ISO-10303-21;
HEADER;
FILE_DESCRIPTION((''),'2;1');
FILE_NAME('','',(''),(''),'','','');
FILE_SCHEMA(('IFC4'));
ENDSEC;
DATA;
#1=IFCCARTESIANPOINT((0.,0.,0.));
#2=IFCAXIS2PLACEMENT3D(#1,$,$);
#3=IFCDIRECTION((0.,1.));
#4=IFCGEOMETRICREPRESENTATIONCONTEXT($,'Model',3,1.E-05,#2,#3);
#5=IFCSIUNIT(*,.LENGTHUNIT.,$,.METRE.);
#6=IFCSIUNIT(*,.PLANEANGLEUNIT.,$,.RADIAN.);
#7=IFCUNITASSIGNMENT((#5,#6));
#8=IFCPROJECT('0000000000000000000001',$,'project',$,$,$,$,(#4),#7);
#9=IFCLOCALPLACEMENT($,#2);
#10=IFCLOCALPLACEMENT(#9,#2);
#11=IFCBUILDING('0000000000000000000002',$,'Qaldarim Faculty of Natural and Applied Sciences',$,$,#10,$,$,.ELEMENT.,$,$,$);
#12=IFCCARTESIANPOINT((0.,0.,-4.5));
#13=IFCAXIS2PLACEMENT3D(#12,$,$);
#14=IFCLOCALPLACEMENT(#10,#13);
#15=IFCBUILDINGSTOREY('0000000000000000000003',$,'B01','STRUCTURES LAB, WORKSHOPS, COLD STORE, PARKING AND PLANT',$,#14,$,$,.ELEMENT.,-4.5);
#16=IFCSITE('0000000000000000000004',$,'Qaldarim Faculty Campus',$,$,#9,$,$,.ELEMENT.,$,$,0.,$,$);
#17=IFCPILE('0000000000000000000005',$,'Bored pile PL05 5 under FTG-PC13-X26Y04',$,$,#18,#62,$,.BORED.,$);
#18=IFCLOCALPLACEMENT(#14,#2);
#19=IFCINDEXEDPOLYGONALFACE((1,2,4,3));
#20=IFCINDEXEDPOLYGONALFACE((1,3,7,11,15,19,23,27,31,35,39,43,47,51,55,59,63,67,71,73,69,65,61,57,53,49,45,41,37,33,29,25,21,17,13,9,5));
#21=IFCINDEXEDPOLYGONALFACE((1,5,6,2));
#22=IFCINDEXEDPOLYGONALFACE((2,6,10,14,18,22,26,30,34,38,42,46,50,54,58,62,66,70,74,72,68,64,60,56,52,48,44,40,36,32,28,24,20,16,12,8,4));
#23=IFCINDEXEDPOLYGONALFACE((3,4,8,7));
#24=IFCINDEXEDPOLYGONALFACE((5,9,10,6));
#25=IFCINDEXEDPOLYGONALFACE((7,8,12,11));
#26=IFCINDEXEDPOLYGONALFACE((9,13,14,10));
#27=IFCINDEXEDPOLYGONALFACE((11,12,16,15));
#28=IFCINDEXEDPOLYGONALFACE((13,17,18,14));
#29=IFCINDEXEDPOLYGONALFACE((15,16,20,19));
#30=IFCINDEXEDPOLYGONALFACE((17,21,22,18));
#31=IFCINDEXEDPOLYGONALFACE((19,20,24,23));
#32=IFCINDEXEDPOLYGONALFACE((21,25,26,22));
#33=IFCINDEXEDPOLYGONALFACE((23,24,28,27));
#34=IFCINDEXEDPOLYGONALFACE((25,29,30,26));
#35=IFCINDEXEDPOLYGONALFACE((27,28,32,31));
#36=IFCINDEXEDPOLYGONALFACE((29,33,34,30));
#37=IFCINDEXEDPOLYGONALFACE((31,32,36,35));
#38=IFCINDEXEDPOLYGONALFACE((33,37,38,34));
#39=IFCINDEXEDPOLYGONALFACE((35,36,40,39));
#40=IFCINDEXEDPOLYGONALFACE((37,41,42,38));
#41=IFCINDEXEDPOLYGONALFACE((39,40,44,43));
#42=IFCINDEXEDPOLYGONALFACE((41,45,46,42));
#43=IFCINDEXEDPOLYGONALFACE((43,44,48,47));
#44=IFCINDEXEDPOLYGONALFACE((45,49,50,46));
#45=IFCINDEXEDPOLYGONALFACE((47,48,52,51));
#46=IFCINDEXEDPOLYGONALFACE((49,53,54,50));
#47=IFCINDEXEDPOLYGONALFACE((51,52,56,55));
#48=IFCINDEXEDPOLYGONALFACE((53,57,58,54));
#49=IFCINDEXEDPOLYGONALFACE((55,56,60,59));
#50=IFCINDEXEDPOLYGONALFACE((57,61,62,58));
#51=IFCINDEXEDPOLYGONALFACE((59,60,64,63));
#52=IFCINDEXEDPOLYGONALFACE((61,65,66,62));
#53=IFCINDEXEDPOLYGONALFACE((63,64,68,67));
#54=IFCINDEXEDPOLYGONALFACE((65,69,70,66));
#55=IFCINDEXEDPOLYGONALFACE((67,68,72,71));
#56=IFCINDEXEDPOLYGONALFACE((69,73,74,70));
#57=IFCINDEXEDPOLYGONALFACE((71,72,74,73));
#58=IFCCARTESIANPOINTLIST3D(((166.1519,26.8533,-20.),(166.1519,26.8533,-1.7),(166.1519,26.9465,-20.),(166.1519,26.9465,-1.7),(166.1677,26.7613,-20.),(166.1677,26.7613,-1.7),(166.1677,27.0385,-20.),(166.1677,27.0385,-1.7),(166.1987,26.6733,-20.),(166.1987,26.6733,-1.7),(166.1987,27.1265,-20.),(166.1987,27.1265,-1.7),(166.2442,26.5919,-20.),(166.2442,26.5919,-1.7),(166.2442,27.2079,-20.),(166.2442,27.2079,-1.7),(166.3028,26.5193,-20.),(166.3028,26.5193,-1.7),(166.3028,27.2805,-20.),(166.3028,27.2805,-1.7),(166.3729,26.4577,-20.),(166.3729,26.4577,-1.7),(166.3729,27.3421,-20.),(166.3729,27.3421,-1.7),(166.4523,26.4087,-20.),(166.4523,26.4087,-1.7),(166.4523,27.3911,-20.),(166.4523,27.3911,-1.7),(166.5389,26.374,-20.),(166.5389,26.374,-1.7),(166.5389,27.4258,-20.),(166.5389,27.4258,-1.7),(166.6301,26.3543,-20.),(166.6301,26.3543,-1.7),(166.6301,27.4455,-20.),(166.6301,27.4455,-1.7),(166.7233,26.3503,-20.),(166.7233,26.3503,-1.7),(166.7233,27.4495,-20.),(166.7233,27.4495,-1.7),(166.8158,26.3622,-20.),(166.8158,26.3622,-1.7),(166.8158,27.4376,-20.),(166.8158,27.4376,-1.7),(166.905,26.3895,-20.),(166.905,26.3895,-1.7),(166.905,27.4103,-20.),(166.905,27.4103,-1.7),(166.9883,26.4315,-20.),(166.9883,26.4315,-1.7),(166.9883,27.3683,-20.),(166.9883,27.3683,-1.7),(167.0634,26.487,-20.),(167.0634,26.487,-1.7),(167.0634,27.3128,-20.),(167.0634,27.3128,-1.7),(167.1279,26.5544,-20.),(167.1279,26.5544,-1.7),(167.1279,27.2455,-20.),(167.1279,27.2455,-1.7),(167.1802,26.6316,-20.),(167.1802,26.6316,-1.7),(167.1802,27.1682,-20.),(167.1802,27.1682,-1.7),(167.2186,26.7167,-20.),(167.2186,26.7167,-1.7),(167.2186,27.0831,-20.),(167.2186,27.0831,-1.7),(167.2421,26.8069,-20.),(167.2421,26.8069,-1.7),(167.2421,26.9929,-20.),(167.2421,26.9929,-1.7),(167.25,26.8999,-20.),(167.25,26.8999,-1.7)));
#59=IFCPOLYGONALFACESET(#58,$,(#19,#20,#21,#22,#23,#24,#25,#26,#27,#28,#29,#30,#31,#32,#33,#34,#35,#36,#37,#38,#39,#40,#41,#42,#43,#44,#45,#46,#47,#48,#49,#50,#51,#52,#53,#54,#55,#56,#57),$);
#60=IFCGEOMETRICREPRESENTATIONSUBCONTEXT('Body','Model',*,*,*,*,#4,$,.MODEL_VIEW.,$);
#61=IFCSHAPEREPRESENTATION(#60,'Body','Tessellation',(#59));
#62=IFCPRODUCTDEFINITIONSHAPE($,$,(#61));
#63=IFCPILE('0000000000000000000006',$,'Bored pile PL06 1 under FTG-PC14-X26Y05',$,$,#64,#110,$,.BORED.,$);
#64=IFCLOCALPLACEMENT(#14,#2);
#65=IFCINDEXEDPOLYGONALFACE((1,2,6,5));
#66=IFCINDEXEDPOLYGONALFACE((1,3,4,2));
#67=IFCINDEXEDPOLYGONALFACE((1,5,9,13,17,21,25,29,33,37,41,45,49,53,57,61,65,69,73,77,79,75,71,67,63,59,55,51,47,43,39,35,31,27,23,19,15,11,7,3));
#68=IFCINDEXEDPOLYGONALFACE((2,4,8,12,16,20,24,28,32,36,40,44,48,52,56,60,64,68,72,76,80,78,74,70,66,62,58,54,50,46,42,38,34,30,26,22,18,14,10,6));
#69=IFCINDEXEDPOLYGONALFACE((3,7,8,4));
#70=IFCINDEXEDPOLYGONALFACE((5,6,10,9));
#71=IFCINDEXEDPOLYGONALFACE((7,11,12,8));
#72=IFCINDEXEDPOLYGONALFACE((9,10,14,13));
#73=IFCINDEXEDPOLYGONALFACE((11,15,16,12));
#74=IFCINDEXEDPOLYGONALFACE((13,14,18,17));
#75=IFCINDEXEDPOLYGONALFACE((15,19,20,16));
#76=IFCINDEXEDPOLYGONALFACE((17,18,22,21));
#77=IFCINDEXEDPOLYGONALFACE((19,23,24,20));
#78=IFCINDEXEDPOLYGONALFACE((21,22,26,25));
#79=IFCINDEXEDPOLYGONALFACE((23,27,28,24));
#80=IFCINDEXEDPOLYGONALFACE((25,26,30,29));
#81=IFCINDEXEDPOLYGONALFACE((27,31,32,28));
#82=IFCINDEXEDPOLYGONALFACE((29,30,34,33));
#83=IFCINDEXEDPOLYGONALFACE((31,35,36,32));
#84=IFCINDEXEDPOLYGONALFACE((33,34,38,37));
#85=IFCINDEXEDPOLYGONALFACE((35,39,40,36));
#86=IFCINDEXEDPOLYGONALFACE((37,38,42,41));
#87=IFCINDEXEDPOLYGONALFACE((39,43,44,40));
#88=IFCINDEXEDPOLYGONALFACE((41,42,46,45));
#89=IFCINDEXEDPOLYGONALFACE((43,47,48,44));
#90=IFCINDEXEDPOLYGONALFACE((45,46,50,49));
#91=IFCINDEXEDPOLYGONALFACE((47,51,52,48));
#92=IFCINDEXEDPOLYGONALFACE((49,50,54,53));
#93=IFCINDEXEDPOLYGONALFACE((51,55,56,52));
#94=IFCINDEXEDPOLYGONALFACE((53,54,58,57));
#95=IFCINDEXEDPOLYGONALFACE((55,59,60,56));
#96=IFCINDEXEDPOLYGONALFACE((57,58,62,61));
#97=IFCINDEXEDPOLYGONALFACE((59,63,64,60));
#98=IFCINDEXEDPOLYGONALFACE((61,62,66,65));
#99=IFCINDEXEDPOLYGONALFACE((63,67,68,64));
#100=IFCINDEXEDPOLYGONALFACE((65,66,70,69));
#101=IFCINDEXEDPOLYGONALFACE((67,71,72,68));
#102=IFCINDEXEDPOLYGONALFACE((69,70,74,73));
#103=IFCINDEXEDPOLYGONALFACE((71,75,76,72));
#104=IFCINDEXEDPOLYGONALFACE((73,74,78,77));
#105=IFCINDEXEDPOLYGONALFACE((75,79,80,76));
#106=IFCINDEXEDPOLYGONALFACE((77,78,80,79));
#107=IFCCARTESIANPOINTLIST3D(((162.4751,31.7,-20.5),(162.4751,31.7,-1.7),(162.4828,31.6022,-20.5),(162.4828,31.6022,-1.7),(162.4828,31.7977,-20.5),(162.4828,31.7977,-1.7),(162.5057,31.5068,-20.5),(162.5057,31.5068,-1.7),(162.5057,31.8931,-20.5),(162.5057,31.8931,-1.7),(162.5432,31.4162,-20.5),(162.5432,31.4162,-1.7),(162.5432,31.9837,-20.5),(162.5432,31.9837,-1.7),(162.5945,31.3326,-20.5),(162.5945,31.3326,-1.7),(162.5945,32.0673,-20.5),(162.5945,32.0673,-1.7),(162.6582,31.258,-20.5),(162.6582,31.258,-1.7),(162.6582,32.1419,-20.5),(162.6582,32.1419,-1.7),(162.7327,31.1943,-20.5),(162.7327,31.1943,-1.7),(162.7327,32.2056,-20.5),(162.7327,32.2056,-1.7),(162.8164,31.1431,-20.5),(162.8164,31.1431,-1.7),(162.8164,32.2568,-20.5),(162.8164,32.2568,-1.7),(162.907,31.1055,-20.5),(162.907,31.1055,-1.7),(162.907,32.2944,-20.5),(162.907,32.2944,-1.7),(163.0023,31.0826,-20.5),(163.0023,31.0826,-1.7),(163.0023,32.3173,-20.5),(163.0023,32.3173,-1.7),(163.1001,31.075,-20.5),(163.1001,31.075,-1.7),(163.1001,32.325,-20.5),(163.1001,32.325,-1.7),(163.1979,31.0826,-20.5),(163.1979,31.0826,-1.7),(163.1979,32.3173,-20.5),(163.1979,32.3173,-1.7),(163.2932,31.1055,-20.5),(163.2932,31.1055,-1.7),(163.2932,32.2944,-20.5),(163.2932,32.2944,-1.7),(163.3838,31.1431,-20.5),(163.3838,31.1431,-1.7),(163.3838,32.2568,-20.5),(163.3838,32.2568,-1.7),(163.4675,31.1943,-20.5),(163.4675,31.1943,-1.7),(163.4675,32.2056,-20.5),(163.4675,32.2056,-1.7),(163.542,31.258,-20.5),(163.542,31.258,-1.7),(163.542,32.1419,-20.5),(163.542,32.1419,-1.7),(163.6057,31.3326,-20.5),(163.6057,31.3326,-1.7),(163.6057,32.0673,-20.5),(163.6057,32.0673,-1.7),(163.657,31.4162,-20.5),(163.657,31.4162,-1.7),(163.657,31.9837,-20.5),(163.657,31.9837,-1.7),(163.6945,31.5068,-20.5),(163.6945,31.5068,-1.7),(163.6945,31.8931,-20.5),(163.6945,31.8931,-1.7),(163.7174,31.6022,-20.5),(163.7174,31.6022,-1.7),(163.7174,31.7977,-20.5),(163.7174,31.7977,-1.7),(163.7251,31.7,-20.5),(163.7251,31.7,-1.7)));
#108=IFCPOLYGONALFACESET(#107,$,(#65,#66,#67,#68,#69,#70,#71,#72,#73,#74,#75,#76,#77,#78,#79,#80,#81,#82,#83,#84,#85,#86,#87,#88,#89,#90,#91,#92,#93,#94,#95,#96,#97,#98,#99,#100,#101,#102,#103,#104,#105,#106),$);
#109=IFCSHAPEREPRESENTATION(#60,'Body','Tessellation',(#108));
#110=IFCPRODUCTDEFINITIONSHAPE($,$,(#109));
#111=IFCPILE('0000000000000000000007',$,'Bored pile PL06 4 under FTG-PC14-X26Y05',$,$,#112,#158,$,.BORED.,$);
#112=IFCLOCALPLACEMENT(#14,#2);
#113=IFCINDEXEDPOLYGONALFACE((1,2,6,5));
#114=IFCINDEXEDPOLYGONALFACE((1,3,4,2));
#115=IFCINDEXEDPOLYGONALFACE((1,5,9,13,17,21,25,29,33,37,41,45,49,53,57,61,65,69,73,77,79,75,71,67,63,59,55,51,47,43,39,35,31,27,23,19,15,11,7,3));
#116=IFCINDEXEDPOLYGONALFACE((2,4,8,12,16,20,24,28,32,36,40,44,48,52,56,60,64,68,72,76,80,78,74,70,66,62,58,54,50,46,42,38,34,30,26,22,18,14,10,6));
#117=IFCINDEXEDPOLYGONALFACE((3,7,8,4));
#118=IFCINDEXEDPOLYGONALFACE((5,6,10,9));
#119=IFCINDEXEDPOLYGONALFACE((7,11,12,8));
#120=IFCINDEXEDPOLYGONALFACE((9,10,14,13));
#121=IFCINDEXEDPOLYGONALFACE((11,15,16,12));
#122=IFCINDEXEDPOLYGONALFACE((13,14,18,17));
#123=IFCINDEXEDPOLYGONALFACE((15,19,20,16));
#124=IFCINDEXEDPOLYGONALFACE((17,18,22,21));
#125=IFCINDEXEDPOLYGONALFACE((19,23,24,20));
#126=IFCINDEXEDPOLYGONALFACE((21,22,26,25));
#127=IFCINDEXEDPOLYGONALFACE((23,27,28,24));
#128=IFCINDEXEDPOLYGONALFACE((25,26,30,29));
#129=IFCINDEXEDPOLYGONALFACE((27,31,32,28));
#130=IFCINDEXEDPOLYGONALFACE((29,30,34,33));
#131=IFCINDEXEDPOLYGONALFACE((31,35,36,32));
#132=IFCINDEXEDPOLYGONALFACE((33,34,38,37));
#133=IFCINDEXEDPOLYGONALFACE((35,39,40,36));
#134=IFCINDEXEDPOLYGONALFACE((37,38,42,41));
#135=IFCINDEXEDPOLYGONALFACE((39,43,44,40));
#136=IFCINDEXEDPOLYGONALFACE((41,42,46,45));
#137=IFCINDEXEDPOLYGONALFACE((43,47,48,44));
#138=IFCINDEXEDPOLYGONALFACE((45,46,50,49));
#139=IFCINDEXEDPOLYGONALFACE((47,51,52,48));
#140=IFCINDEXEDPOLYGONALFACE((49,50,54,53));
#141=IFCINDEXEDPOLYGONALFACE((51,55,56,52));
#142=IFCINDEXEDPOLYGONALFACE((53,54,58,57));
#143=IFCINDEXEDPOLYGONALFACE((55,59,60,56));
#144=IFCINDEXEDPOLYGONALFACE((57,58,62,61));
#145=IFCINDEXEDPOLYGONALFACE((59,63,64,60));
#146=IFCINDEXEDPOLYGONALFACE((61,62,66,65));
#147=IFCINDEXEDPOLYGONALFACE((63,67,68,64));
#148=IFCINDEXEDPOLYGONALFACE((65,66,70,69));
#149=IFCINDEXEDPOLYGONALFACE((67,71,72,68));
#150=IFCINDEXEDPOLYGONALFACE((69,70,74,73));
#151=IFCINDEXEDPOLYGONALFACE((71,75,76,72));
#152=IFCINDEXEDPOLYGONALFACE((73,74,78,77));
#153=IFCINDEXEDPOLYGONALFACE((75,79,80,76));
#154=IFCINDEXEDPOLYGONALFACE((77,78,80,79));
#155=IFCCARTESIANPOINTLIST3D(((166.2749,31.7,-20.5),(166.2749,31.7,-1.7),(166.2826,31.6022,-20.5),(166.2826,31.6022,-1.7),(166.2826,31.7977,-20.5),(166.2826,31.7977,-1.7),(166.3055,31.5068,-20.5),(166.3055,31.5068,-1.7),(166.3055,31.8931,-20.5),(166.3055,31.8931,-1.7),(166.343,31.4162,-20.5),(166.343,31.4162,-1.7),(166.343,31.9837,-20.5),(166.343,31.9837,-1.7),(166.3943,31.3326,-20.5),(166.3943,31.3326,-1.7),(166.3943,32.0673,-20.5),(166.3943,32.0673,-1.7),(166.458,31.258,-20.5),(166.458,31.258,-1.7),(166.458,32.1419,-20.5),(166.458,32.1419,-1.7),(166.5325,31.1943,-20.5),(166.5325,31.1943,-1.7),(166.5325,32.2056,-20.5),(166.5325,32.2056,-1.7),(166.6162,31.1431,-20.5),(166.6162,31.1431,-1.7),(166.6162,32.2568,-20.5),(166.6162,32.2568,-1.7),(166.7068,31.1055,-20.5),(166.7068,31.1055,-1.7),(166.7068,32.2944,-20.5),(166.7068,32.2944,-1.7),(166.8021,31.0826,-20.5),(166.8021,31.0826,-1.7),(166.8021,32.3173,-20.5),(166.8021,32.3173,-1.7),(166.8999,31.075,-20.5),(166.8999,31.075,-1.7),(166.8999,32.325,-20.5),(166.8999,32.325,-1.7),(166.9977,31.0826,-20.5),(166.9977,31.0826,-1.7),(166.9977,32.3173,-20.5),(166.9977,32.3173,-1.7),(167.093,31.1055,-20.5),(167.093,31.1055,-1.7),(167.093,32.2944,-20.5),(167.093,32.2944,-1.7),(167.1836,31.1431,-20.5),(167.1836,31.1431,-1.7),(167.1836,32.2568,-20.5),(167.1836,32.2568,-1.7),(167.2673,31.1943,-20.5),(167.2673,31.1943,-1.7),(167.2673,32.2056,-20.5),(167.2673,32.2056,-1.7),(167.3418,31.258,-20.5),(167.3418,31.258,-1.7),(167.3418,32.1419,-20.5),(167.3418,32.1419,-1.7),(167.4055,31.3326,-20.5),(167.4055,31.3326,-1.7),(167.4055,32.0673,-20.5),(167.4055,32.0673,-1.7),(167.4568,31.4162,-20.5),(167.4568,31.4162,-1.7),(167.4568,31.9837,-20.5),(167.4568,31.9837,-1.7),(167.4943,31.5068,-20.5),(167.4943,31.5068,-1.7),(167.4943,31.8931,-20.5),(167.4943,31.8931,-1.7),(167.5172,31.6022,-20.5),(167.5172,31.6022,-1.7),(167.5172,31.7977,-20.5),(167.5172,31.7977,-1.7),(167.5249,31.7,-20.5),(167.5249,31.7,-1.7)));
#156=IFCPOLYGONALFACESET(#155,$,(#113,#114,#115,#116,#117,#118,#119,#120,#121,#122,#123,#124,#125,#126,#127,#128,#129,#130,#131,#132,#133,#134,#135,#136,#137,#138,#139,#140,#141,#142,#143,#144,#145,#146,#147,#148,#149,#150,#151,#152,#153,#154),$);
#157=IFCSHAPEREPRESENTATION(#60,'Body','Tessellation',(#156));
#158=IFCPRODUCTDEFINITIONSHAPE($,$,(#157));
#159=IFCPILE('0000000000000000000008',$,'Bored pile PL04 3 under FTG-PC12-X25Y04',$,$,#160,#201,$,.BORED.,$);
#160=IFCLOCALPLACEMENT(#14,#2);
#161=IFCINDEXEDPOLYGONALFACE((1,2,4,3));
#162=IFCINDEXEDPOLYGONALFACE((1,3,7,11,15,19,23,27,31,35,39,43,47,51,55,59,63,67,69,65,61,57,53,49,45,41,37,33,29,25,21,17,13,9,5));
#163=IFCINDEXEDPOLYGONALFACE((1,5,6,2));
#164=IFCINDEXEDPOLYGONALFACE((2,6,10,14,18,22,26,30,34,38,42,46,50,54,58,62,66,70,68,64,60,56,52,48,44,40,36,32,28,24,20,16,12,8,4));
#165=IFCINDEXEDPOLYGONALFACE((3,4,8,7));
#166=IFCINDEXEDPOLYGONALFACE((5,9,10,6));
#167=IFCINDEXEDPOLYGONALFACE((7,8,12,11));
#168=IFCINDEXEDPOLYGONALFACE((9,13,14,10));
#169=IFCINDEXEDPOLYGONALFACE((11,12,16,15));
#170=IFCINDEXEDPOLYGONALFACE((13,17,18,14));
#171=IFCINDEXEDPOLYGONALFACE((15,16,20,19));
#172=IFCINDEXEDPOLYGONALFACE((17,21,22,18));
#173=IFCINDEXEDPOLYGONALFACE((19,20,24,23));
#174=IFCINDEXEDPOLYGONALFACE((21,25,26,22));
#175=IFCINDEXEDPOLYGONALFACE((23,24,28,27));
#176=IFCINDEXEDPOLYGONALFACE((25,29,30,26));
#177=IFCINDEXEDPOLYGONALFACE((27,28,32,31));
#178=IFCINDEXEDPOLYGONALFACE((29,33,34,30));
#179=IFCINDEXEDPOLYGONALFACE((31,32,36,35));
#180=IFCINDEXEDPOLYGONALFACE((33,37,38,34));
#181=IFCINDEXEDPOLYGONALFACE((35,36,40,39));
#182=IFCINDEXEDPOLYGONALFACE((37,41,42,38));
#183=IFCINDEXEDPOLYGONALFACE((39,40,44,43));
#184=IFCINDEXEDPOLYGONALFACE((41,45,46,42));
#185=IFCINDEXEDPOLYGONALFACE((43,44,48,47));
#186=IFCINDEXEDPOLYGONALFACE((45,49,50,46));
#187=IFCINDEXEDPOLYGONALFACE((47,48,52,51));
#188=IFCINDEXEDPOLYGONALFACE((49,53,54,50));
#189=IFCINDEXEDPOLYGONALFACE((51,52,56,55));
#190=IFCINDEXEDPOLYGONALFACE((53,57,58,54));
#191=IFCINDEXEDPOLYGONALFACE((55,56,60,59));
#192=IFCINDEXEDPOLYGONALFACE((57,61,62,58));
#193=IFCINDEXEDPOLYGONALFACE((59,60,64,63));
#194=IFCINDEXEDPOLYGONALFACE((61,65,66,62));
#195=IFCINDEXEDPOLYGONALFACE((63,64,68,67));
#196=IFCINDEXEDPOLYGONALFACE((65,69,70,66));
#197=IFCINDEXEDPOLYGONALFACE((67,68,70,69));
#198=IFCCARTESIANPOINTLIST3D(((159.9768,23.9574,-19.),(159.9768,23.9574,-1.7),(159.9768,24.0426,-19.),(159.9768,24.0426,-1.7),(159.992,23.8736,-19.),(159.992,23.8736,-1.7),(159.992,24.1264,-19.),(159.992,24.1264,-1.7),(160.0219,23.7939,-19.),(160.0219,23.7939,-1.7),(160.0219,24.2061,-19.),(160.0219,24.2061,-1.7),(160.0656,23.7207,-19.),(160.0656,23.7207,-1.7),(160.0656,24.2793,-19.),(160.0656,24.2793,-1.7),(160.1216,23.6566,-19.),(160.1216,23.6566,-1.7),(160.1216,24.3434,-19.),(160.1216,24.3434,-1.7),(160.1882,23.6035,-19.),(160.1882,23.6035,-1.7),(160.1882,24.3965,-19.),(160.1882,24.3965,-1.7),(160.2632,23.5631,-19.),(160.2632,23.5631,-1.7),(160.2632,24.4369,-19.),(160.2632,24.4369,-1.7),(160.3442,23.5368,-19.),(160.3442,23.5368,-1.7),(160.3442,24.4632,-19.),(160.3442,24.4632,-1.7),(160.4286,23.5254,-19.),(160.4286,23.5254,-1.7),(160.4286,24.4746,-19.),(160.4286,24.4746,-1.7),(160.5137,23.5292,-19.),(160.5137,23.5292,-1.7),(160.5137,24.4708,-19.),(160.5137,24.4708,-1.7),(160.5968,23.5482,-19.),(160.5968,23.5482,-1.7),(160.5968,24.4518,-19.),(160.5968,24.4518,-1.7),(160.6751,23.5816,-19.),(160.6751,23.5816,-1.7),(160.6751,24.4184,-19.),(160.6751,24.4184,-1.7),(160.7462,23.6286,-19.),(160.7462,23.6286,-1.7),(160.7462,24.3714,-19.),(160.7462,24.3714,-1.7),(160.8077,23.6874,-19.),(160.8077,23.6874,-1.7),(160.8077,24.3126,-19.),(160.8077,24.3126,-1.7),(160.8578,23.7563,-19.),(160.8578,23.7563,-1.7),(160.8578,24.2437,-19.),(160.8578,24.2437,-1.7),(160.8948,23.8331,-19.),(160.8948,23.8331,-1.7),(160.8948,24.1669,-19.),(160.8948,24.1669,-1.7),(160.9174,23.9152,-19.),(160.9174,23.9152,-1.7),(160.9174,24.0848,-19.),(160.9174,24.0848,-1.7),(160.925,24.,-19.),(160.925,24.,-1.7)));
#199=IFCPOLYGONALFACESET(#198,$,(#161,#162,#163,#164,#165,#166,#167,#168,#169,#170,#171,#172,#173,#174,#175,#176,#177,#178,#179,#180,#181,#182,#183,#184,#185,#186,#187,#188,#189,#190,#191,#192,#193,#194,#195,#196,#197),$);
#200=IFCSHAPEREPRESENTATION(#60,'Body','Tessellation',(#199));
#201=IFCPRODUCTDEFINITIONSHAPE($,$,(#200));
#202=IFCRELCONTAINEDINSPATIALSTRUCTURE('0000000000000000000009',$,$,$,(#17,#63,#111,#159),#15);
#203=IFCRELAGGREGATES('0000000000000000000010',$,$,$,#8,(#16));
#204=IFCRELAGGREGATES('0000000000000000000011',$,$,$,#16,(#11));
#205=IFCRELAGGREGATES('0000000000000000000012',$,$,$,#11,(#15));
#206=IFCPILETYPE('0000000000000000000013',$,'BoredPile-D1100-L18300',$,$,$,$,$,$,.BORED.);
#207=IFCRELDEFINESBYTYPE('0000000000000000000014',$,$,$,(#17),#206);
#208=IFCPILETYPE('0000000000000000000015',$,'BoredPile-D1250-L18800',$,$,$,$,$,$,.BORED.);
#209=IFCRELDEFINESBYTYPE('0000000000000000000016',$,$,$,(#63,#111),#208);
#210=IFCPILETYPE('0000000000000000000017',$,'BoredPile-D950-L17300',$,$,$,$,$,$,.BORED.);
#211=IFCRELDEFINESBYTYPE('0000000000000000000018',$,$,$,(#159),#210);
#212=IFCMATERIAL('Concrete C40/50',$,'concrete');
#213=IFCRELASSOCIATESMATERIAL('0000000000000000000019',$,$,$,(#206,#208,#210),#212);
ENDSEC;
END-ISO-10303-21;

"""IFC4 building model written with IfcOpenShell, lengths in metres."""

from ifc_helpers import new_model, si_unit, direction, frame, origin, origin_2d, place, context, subcontext, project, spatial, circle, extrude, material, material_profile, profile_set, type_object, element, save


model = new_model("IFC4")

# Units and contexts
model_context = context("Model", 3, precision=1e-05, world=origin(), true_north=direction((0.0, 1.0)))
body_context = subcontext(model_context, "Body", "Model", "MODEL_VIEW")
ifc_project = project(units=[si_unit("LENGTHUNIT", "METRE"), si_unit("PLANEANGLEUNIT", "RADIAN")], contexts=[model_context])

# Site, building, storey
site_placement = place(None, origin())
site = spatial("IfcSite", under=ifc_project, at=site_placement, Name="Qaldarim Faculty Campus", CompositionType="ELEMENT", RefElevation=0.0)
building_placement = place(site_placement, origin())
building = spatial("IfcBuilding", under=site, at=building_placement, Name="Qaldarim Faculty of Natural and Applied Sciences", CompositionType="ELEMENT")
storey_placement = place(building_placement, frame((0.0, 0.0, -4.5)))
storey = spatial("IfcBuildingStorey", under=building, at=storey_placement, Name="B01", Description="STRUCTURES LAB, WORKSHOPS, COLD STORE, PARKING AND PLANT", CompositionType="ELEMENT", Elevation=-4.5)

# Piles
ifc_material_1 = material(Name="Concrete C40/50", Category="concrete")
ifc_material_profile_1 = material_profile(ifc_material_1, circle(Radius=0.55, at=origin_2d()), Name="PILE-D1100")
ifc_profile_set_1 = profile_set([ifc_material_profile_1], Name="Concrete C40/50")
pile_type_1 = type_object("IfcPileType", Name="BoredPile-D1100-L18300", PredefinedType="BORED", material=ifc_profile_set_1)
for number, where, z_axis, x_axis, name in (
    (1, (166.7, 26.8999, -1.7), (0.0, 0.0, -1.0), (1.0, 0.0, 0.0), "Bored pile PL05 5 under FTG-PC13-X26Y04"),
):
    element("IfcPile", number, at=place(storey_placement, frame(where, z_axis=z_axis, x_axis=x_axis)), inside=storey, type_object=pile_type_1, Name=name, PredefinedType="BORED", context=body_context, shape_type="SweptSolid", body=[
        extrude(circle(Radius=0.55, at=origin_2d()), origin(), (0.0, 0.0, 1.0), 18.3),
    ])
ifc_material_profile_2 = material_profile(ifc_material_1, circle(Radius=0.625, at=origin_2d()), Name="PILE-D1250")
ifc_profile_set_2 = profile_set([ifc_material_profile_2], Name="Concrete C40/50")
pile_type_2 = type_object("IfcPileType", Name="BoredPile-D1250-L18800", PredefinedType="BORED", material=ifc_profile_set_2)
for number, where, z_axis, x_axis, name in (
    (2, (163.1001, 31.7, -1.7), (0.0, 0.0, -1.0), (1.0, 0.0, 0.0), "Bored pile PL06 1 under FTG-PC14-X26Y05"),
    (3, (166.8999, 31.7, -1.7), (0.0, 0.0, -1.0), (1.0, 0.0, 0.0), "Bored pile PL06 4 under FTG-PC14-X26Y05"),
):
    element("IfcPile", number, at=place(storey_placement, frame(where, z_axis=z_axis, x_axis=x_axis)), inside=storey, type_object=pile_type_2, Name=name, PredefinedType="BORED", context=body_context, shape_type="SweptSolid", body=[
        extrude(circle(Radius=0.625, at=origin_2d()), origin(), (0.0, 0.0, 1.0), 18.8),
    ])
ifc_material_profile_3 = material_profile(ifc_material_1, circle(Radius=0.4751, at=origin_2d()), Name="PILE-D950")
ifc_profile_set_3 = profile_set([ifc_material_profile_3], Name="Concrete C40/50")
pile_type_3 = type_object("IfcPileType", Name="BoredPile-D950-L17300", PredefinedType="BORED", material=ifc_profile_set_3)
for number, where, z_axis, x_axis, name in (
    (4, (160.45, 24.0, -1.7), (0.0, 0.0, -1.0), (1.0, 0.0, 0.0), "Bored pile PL04 3 under FTG-PC12-X25Y04"),
):
    element("IfcPile", number, at=place(storey_placement, frame(where, z_axis=z_axis, x_axis=x_axis)), inside=storey, type_object=pile_type_3, Name=name, PredefinedType="BORED", context=body_context, shape_type="SweptSolid", body=[
        extrude(circle(Radius=0.4751, at=origin_2d()), origin(), (0.0, 0.0, 1.0), 17.3),
    ])

save(model, "model.ifc")
